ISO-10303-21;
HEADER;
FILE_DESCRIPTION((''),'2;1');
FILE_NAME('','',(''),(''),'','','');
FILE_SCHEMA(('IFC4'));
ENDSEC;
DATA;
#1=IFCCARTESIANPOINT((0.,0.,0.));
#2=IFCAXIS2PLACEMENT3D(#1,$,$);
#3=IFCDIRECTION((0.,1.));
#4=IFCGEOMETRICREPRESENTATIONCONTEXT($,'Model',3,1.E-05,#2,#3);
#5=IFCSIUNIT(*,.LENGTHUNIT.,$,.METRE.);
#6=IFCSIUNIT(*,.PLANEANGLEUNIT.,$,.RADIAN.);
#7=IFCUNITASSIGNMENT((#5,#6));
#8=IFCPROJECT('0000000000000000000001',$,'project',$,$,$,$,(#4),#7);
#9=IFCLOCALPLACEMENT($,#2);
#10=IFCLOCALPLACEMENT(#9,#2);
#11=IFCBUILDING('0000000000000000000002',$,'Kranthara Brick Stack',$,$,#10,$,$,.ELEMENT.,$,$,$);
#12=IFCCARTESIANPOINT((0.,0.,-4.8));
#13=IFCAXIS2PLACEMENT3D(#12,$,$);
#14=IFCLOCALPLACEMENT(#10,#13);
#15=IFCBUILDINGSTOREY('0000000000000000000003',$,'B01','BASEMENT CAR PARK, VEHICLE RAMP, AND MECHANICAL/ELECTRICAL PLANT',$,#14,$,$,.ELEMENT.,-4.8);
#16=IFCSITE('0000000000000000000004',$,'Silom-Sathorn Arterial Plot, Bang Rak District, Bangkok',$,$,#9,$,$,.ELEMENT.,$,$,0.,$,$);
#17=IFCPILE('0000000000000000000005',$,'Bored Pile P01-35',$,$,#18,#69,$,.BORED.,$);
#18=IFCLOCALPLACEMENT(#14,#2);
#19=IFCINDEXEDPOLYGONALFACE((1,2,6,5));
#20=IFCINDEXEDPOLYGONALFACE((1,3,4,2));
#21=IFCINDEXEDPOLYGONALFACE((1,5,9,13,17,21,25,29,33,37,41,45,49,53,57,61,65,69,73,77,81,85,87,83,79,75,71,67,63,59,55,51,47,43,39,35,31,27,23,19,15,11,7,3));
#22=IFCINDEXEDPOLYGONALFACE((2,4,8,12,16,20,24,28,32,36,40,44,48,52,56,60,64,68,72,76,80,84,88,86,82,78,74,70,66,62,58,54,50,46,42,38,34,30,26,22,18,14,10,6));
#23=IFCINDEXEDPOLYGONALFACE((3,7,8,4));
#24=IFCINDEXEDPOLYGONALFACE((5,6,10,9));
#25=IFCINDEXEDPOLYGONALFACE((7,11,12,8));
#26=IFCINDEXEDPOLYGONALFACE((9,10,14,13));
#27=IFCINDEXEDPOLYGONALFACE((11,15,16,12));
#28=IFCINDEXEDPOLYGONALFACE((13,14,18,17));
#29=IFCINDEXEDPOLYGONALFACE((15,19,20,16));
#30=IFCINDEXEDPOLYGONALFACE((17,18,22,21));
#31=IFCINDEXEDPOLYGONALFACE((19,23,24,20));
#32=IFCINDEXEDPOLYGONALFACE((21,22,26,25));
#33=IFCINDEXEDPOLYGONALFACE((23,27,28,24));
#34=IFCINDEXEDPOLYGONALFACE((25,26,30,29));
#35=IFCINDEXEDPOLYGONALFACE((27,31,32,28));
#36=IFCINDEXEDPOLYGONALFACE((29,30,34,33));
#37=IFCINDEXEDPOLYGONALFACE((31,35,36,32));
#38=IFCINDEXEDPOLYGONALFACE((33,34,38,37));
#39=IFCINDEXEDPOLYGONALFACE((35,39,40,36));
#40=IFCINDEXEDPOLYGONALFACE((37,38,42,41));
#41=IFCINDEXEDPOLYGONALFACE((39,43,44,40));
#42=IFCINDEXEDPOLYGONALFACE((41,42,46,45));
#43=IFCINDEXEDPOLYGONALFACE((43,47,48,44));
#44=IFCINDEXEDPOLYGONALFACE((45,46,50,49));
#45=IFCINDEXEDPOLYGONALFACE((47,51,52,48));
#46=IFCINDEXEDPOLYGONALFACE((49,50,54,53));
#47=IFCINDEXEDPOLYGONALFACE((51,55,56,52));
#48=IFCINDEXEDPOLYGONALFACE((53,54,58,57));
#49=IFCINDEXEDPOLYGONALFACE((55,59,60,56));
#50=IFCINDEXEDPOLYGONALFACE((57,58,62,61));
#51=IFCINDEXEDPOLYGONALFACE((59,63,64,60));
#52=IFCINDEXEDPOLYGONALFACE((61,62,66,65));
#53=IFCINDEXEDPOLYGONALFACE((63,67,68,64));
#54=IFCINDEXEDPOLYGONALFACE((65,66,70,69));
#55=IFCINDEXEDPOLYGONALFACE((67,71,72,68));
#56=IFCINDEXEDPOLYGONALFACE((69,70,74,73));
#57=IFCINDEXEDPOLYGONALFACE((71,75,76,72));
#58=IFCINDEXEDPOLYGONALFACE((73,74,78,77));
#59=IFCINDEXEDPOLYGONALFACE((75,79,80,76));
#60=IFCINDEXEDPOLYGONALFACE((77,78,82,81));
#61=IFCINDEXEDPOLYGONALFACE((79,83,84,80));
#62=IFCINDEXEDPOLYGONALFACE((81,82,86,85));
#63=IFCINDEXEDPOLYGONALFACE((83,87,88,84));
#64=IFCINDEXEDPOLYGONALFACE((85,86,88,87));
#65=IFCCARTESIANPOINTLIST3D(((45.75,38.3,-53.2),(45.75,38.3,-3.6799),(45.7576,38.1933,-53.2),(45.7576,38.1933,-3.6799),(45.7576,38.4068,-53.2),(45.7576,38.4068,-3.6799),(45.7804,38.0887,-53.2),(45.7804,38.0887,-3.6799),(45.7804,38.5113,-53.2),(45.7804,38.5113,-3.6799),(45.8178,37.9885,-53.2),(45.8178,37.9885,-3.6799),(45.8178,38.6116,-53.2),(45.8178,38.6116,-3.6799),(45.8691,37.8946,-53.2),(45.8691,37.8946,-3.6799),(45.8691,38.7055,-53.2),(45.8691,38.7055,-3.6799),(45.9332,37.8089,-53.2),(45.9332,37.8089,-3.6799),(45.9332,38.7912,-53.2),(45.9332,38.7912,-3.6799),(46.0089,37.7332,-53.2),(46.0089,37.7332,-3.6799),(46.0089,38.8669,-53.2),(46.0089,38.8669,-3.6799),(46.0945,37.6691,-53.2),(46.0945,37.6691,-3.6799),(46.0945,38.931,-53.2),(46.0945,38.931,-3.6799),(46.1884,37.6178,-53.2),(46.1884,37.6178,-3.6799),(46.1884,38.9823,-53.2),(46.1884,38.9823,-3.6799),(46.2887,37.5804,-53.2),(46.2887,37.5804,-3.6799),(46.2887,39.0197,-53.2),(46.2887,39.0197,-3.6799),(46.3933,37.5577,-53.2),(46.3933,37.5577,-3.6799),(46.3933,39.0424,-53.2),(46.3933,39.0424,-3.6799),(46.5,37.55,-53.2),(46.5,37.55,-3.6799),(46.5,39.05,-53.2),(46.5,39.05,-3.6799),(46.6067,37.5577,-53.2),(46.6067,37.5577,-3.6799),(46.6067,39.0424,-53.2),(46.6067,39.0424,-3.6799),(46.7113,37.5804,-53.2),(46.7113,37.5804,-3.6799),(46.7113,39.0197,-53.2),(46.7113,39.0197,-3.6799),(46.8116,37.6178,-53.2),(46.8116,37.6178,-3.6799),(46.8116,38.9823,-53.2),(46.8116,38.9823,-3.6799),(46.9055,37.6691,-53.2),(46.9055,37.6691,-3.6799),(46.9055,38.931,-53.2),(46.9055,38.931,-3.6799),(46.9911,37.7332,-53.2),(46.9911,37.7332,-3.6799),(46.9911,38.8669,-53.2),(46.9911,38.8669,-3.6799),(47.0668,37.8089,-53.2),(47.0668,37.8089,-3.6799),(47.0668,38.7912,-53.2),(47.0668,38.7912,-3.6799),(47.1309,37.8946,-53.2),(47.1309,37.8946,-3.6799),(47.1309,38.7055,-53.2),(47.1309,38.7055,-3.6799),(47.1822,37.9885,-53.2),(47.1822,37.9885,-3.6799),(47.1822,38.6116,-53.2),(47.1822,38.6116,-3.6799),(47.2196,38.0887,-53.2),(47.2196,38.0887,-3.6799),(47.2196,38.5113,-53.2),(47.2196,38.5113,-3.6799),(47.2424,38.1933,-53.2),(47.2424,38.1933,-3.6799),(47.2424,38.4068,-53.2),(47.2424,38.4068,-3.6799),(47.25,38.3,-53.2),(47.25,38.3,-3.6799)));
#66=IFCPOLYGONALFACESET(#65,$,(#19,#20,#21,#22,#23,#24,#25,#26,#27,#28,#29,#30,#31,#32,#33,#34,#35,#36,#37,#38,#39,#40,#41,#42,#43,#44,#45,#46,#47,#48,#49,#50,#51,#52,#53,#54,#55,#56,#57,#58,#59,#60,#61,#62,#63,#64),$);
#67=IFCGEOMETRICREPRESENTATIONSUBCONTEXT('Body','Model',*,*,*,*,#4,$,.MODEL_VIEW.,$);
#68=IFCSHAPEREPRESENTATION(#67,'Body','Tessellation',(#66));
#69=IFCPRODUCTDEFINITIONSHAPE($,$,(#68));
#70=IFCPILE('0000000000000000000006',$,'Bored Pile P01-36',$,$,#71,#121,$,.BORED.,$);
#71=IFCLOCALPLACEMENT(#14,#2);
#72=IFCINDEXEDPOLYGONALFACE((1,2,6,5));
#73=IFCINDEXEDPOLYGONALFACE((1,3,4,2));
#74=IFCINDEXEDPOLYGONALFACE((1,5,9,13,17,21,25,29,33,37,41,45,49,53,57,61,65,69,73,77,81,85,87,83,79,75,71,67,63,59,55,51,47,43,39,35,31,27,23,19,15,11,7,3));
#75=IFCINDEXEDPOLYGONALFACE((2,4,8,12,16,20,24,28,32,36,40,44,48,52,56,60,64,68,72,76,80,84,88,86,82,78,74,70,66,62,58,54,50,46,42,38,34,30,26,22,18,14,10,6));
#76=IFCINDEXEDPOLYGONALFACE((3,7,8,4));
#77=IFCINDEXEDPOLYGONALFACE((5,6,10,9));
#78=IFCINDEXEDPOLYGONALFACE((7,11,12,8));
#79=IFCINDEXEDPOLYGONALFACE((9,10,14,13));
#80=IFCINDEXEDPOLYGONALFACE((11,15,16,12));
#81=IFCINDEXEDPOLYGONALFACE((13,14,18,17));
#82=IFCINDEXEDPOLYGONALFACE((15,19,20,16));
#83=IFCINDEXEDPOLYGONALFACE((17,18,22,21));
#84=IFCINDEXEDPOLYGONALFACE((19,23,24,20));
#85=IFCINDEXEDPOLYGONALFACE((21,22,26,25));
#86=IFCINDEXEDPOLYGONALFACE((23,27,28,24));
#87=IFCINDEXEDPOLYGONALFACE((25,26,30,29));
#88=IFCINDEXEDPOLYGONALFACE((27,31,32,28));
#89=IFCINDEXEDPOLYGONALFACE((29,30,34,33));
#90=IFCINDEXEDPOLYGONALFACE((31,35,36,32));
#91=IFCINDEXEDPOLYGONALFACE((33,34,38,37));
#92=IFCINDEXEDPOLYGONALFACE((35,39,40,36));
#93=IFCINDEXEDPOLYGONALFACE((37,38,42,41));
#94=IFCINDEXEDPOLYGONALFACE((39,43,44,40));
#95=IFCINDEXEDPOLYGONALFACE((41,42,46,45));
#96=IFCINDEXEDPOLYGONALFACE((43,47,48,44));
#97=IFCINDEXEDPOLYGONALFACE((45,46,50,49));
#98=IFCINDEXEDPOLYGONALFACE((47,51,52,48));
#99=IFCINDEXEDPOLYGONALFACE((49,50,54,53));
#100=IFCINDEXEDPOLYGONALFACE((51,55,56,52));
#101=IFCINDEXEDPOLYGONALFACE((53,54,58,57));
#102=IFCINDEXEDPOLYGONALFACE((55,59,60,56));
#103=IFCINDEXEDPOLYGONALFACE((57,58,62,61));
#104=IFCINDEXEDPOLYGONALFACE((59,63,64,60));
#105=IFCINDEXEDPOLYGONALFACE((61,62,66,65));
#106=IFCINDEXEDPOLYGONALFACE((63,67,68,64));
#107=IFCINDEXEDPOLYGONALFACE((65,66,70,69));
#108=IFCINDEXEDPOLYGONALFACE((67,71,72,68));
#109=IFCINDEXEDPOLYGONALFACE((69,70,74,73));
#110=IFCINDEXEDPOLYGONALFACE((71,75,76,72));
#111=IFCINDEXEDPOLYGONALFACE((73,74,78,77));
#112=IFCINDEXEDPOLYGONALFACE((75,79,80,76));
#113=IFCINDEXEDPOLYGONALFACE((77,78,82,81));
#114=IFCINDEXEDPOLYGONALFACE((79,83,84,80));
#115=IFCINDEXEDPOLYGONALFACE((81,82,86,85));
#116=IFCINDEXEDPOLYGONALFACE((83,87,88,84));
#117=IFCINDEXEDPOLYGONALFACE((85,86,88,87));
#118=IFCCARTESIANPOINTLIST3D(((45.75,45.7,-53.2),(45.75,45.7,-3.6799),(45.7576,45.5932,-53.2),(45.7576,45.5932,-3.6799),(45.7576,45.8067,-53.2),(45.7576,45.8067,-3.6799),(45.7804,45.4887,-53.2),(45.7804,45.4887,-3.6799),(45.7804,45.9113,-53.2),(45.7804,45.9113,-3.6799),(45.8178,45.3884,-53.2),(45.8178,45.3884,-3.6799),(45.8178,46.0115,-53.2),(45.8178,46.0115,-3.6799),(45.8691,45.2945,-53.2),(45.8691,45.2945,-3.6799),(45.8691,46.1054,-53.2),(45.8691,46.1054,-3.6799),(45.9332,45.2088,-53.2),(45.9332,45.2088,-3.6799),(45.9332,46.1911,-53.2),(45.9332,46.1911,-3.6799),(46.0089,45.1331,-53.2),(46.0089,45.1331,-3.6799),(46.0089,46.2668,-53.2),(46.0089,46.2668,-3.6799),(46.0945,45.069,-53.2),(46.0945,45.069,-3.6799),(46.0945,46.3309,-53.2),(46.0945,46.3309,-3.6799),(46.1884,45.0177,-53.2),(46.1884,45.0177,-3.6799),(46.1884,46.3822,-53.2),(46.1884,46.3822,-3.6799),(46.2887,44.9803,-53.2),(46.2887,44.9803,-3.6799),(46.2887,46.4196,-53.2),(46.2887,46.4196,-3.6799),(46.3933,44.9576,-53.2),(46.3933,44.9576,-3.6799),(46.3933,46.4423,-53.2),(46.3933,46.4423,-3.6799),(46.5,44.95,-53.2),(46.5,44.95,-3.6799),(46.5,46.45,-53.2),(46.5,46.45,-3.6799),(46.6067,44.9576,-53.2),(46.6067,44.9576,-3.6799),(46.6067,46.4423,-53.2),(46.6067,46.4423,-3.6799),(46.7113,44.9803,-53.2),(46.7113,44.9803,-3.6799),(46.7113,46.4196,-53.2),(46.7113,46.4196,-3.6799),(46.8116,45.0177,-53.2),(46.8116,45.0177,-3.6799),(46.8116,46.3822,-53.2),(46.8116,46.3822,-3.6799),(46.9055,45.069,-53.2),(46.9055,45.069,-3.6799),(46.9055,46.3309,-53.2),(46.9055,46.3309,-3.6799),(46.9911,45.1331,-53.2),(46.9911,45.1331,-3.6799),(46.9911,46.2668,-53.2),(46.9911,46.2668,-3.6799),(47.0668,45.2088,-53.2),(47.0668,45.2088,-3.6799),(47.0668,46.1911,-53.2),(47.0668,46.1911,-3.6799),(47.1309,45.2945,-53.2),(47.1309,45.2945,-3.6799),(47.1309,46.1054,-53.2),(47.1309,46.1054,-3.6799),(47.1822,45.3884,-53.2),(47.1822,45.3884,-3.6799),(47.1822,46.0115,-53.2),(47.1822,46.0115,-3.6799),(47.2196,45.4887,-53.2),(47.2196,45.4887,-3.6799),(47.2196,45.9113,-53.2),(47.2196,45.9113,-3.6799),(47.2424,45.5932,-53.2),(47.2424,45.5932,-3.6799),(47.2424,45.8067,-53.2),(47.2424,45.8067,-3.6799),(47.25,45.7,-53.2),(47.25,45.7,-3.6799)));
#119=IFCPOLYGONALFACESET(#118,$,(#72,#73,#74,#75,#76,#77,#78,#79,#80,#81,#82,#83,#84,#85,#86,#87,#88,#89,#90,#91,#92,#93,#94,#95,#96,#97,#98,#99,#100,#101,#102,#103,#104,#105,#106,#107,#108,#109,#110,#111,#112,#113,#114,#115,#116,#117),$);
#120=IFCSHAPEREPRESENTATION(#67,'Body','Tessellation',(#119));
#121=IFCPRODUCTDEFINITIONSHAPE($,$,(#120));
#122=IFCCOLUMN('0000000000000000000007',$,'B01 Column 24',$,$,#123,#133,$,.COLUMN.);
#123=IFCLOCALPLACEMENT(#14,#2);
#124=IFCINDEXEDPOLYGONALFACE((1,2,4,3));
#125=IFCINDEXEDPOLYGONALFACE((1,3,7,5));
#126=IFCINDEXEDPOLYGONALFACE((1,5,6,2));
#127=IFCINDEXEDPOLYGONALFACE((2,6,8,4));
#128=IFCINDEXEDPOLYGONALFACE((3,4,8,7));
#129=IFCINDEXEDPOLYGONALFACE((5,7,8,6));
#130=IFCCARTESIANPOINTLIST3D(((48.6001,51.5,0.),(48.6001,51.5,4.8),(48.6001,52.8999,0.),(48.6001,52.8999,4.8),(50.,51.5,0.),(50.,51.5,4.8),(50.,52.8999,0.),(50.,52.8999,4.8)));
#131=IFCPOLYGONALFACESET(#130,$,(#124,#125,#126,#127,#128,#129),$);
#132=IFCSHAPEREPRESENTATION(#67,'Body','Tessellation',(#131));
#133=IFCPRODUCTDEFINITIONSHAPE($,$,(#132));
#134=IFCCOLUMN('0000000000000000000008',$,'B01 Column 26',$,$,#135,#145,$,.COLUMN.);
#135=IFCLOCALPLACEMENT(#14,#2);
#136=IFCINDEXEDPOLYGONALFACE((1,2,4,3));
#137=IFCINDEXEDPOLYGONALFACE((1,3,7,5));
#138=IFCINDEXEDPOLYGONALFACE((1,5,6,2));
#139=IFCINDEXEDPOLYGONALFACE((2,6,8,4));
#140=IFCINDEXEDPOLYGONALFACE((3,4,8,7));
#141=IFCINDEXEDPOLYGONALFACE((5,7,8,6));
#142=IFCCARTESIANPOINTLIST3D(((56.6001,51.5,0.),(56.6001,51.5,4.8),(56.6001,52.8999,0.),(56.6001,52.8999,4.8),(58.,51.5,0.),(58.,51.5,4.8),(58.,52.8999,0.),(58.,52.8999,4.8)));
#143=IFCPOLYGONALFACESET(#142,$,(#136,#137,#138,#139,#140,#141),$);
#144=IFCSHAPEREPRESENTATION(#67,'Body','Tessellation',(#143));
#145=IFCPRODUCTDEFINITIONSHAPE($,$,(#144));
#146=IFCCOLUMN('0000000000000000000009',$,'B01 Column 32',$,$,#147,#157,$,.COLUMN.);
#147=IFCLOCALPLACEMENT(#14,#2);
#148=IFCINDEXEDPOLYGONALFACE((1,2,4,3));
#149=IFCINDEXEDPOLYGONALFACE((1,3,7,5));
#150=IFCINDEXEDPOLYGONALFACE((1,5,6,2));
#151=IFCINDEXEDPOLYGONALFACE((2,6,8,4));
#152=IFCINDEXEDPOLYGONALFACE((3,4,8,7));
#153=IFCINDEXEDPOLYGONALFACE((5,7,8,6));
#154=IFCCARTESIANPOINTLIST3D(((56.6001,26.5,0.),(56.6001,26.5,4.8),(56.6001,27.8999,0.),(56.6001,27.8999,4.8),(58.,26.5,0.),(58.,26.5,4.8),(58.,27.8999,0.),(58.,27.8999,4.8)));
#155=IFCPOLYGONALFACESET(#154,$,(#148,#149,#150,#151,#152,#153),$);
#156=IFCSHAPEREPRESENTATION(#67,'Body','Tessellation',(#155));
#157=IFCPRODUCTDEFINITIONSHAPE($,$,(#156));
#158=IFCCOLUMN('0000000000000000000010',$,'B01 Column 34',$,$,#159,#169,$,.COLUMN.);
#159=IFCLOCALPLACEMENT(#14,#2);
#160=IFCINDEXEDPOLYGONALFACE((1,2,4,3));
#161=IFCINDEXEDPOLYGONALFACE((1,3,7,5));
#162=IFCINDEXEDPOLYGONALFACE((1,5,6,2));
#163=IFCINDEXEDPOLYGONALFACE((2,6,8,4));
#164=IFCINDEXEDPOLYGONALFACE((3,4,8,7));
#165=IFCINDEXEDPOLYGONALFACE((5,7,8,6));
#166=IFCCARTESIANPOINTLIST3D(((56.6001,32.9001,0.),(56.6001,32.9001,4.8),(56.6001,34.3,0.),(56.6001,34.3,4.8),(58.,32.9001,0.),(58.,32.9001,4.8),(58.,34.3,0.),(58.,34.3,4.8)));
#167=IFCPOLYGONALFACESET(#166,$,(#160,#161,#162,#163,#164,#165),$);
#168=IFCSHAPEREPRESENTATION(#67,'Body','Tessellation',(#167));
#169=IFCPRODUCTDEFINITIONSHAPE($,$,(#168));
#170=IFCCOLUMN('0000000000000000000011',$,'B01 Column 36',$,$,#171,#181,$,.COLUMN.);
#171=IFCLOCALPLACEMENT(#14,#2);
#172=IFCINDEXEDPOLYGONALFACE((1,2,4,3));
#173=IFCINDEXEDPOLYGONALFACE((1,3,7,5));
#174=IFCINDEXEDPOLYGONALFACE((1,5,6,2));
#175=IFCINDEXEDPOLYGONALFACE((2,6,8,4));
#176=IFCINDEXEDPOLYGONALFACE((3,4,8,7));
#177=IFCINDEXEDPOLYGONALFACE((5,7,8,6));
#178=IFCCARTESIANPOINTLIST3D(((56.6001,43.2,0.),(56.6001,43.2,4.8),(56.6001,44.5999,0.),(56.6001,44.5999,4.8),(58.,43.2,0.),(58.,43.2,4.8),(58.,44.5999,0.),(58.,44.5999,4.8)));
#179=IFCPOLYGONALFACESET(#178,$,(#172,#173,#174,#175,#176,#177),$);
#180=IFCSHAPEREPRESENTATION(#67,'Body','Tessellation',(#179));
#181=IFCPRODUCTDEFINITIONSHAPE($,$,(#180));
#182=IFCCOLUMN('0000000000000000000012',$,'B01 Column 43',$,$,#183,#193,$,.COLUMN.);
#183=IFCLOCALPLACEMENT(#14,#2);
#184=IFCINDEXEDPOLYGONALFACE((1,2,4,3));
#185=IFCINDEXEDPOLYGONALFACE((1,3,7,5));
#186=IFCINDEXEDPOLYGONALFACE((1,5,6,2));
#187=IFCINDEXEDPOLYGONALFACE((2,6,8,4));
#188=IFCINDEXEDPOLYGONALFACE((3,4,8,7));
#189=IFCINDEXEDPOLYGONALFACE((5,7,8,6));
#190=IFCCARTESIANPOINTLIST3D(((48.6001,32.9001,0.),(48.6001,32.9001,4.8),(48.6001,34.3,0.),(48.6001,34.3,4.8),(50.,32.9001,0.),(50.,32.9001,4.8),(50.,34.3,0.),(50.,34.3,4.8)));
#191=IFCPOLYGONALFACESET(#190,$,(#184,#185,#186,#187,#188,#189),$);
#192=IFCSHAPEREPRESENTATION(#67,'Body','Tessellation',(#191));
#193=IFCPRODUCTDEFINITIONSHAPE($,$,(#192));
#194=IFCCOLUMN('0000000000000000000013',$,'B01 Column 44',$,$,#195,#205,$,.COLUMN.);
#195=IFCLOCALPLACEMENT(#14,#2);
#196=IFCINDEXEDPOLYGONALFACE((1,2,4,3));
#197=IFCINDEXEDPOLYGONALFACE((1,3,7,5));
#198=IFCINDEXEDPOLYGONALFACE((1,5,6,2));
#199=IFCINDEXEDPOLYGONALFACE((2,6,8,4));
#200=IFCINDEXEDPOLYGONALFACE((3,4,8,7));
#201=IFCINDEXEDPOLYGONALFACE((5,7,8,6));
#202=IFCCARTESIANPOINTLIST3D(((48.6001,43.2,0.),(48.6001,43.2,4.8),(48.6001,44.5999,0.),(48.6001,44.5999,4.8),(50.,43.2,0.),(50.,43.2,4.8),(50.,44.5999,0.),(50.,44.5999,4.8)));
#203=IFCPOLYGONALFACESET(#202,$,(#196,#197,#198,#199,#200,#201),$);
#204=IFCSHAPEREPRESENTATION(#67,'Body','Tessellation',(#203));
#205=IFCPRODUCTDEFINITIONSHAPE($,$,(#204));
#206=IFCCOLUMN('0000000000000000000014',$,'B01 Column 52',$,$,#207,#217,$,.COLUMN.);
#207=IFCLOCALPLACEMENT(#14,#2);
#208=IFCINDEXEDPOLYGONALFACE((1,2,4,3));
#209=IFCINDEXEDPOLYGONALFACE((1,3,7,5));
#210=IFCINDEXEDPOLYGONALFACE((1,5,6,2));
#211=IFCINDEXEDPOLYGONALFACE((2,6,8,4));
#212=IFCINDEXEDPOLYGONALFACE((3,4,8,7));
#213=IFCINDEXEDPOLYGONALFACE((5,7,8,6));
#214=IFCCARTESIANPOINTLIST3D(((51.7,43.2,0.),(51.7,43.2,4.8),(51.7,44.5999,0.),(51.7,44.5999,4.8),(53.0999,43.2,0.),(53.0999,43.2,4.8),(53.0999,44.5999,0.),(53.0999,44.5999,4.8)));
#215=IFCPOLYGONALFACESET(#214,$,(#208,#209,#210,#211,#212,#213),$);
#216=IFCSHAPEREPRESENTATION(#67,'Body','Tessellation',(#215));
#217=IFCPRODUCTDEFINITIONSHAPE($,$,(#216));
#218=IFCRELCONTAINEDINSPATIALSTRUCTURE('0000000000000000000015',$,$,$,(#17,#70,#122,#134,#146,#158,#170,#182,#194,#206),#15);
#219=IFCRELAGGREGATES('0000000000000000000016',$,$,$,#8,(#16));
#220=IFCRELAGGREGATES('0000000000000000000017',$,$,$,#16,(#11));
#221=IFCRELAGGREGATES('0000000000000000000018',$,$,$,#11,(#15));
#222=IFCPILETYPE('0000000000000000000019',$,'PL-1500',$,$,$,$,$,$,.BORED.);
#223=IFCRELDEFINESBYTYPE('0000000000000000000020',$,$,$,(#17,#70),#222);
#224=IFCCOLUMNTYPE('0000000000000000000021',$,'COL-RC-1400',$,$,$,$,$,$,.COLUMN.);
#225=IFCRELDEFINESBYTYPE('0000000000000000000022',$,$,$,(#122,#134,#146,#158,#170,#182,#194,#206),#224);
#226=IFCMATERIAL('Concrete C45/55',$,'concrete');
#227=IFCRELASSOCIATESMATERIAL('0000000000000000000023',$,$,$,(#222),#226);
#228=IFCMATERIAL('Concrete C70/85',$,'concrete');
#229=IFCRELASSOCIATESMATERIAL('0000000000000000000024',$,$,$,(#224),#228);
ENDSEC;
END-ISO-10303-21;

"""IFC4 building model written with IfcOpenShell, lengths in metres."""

from ifc_helpers import new_model, si_unit, direction, frame, origin, origin_2d, place, context, subcontext, project, spatial, rectangle, circle, extrude, material, material_profile, profile_set, type_object, element, save


model = new_model("IFC4")

# Units and contexts
model_context = context("Model", 3, precision=1e-05, world=origin(), true_north=direction((0.0, 1.0)))
body_context = subcontext(model_context, "Body", "Model", "MODEL_VIEW")
ifc_project = project(units=[si_unit("LENGTHUNIT", "METRE"), si_unit("PLANEANGLEUNIT", "RADIAN")], contexts=[model_context])

# Site, building, storey
site_placement = place(None, origin())
site = spatial("IfcSite", under=ifc_project, at=site_placement, Name="Silom-Sathorn Arterial Plot, Bang Rak District, Bangkok", CompositionType="ELEMENT", RefElevation=0.0)
building_placement = place(site_placement, origin())
building = spatial("IfcBuilding", under=site, at=building_placement, Name="Kranthara Brick Stack", CompositionType="ELEMENT")
storey_placement = place(building_placement, frame((0.0, 0.0, -4.8)))
storey = spatial("IfcBuildingStorey", under=building, at=storey_placement, Name="B01", Description="BASEMENT CAR PARK, VEHICLE RAMP, AND MECHANICAL/ELECTRICAL PLANT", CompositionType="ELEMENT", Elevation=-4.8)

# Piles
ifc_material_1 = material(Name="Concrete C45/55", Category="concrete")
ifc_material_profile_1 = material_profile(ifc_material_1, circle(Radius=0.75, at=origin_2d()), Name="BORED PILE 1500")
ifc_profile_set_1 = profile_set([ifc_material_profile_1], Name="Concrete C45/55")
pile_type_1 = type_object("IfcPileType", Name="PL-1500", PredefinedType="BORED", material=ifc_profile_set_1)
for number, where, z_axis, x_axis, name in (
    (1, (46.5, 38.3, -3.6799), (0.0, 0.0, -1.0), (1.0, 0.0, 0.0), "Bored Pile P01-35"),
    (2, (46.5, 45.7, -3.6799), (0.0, 0.0, -1.0), (1.0, 0.0, 0.0), "Bored Pile P01-36"),
):
    element("IfcPile", number, at=place(storey_placement, frame(where, z_axis=z_axis, x_axis=x_axis)), inside=storey, type_object=pile_type_1, Name=name, PredefinedType="BORED", context=body_context, shape_type="SweptSolid", body=[
        extrude(circle(Radius=0.75, at=origin_2d()), origin(), (0.0, 0.0, 1.0), 49.52),
    ])

# Columns
ifc_material_2 = material(Name="Concrete C70/85", Category="concrete")
ifc_material_profile_2 = material_profile(ifc_material_2, rectangle(XDim=1.3999, YDim=1.3999, at=origin_2d()), Name="RC 1400x1400")
ifc_profile_set_2 = profile_set([ifc_material_profile_2], Name="Concrete C70/85")
column_type_1 = type_object("IfcColumnType", Name="COL-RC-1400", PredefinedType="COLUMN", material=ifc_profile_set_2)
for number, where, z_axis, x_axis, name in (
    (3, (49.3, 52.2, 0.0), (0.0, 0.0, 1.0), (1.0, 0.0, 0.0), "B01 Column 24"),
    (4, (57.3, 52.2, 0.0), (0.0, 0.0, 1.0), (1.0, 0.0, 0.0), "B01 Column 26"),
    (5, (57.3, 27.2, 0.0), (0.0, 0.0, 1.0), (1.0, 0.0, 0.0), "B01 Column 32"),
    (6, (57.3, 33.6001, 0.0), (0.0, 0.0, 1.0), (1.0, 0.0, 0.0), "B01 Column 34"),
    (7, (57.3, 43.8999, 0.0), (0.0, 0.0, 1.0), (1.0, 0.0, 0.0), "B01 Column 36"),
    (8, (49.3, 33.6001, 0.0), (0.0, 0.0, 1.0), (1.0, 0.0, 0.0), "B01 Column 43"),
    (9, (49.3, 43.8999, 0.0), (0.0, 0.0, 1.0), (1.0, 0.0, 0.0), "B01 Column 44"),
    (10, (52.3999, 43.8999, 0.0), (0.0, 0.0, 1.0), (1.0, 0.0, 0.0), "B01 Column 52"),
):
    element("IfcColumn", number, at=place(storey_placement, frame(where, z_axis=z_axis, x_axis=x_axis)), inside=storey, type_object=column_type_1, Name=name, PredefinedType="COLUMN", context=body_context, shape_type="SweptSolid", body=[
        extrude(rectangle(XDim=1.3999, YDim=1.3999, at=origin_2d()), origin(), (0.0, 0.0, 1.0), 4.8),
    ])

save(model, "model.ifc")
